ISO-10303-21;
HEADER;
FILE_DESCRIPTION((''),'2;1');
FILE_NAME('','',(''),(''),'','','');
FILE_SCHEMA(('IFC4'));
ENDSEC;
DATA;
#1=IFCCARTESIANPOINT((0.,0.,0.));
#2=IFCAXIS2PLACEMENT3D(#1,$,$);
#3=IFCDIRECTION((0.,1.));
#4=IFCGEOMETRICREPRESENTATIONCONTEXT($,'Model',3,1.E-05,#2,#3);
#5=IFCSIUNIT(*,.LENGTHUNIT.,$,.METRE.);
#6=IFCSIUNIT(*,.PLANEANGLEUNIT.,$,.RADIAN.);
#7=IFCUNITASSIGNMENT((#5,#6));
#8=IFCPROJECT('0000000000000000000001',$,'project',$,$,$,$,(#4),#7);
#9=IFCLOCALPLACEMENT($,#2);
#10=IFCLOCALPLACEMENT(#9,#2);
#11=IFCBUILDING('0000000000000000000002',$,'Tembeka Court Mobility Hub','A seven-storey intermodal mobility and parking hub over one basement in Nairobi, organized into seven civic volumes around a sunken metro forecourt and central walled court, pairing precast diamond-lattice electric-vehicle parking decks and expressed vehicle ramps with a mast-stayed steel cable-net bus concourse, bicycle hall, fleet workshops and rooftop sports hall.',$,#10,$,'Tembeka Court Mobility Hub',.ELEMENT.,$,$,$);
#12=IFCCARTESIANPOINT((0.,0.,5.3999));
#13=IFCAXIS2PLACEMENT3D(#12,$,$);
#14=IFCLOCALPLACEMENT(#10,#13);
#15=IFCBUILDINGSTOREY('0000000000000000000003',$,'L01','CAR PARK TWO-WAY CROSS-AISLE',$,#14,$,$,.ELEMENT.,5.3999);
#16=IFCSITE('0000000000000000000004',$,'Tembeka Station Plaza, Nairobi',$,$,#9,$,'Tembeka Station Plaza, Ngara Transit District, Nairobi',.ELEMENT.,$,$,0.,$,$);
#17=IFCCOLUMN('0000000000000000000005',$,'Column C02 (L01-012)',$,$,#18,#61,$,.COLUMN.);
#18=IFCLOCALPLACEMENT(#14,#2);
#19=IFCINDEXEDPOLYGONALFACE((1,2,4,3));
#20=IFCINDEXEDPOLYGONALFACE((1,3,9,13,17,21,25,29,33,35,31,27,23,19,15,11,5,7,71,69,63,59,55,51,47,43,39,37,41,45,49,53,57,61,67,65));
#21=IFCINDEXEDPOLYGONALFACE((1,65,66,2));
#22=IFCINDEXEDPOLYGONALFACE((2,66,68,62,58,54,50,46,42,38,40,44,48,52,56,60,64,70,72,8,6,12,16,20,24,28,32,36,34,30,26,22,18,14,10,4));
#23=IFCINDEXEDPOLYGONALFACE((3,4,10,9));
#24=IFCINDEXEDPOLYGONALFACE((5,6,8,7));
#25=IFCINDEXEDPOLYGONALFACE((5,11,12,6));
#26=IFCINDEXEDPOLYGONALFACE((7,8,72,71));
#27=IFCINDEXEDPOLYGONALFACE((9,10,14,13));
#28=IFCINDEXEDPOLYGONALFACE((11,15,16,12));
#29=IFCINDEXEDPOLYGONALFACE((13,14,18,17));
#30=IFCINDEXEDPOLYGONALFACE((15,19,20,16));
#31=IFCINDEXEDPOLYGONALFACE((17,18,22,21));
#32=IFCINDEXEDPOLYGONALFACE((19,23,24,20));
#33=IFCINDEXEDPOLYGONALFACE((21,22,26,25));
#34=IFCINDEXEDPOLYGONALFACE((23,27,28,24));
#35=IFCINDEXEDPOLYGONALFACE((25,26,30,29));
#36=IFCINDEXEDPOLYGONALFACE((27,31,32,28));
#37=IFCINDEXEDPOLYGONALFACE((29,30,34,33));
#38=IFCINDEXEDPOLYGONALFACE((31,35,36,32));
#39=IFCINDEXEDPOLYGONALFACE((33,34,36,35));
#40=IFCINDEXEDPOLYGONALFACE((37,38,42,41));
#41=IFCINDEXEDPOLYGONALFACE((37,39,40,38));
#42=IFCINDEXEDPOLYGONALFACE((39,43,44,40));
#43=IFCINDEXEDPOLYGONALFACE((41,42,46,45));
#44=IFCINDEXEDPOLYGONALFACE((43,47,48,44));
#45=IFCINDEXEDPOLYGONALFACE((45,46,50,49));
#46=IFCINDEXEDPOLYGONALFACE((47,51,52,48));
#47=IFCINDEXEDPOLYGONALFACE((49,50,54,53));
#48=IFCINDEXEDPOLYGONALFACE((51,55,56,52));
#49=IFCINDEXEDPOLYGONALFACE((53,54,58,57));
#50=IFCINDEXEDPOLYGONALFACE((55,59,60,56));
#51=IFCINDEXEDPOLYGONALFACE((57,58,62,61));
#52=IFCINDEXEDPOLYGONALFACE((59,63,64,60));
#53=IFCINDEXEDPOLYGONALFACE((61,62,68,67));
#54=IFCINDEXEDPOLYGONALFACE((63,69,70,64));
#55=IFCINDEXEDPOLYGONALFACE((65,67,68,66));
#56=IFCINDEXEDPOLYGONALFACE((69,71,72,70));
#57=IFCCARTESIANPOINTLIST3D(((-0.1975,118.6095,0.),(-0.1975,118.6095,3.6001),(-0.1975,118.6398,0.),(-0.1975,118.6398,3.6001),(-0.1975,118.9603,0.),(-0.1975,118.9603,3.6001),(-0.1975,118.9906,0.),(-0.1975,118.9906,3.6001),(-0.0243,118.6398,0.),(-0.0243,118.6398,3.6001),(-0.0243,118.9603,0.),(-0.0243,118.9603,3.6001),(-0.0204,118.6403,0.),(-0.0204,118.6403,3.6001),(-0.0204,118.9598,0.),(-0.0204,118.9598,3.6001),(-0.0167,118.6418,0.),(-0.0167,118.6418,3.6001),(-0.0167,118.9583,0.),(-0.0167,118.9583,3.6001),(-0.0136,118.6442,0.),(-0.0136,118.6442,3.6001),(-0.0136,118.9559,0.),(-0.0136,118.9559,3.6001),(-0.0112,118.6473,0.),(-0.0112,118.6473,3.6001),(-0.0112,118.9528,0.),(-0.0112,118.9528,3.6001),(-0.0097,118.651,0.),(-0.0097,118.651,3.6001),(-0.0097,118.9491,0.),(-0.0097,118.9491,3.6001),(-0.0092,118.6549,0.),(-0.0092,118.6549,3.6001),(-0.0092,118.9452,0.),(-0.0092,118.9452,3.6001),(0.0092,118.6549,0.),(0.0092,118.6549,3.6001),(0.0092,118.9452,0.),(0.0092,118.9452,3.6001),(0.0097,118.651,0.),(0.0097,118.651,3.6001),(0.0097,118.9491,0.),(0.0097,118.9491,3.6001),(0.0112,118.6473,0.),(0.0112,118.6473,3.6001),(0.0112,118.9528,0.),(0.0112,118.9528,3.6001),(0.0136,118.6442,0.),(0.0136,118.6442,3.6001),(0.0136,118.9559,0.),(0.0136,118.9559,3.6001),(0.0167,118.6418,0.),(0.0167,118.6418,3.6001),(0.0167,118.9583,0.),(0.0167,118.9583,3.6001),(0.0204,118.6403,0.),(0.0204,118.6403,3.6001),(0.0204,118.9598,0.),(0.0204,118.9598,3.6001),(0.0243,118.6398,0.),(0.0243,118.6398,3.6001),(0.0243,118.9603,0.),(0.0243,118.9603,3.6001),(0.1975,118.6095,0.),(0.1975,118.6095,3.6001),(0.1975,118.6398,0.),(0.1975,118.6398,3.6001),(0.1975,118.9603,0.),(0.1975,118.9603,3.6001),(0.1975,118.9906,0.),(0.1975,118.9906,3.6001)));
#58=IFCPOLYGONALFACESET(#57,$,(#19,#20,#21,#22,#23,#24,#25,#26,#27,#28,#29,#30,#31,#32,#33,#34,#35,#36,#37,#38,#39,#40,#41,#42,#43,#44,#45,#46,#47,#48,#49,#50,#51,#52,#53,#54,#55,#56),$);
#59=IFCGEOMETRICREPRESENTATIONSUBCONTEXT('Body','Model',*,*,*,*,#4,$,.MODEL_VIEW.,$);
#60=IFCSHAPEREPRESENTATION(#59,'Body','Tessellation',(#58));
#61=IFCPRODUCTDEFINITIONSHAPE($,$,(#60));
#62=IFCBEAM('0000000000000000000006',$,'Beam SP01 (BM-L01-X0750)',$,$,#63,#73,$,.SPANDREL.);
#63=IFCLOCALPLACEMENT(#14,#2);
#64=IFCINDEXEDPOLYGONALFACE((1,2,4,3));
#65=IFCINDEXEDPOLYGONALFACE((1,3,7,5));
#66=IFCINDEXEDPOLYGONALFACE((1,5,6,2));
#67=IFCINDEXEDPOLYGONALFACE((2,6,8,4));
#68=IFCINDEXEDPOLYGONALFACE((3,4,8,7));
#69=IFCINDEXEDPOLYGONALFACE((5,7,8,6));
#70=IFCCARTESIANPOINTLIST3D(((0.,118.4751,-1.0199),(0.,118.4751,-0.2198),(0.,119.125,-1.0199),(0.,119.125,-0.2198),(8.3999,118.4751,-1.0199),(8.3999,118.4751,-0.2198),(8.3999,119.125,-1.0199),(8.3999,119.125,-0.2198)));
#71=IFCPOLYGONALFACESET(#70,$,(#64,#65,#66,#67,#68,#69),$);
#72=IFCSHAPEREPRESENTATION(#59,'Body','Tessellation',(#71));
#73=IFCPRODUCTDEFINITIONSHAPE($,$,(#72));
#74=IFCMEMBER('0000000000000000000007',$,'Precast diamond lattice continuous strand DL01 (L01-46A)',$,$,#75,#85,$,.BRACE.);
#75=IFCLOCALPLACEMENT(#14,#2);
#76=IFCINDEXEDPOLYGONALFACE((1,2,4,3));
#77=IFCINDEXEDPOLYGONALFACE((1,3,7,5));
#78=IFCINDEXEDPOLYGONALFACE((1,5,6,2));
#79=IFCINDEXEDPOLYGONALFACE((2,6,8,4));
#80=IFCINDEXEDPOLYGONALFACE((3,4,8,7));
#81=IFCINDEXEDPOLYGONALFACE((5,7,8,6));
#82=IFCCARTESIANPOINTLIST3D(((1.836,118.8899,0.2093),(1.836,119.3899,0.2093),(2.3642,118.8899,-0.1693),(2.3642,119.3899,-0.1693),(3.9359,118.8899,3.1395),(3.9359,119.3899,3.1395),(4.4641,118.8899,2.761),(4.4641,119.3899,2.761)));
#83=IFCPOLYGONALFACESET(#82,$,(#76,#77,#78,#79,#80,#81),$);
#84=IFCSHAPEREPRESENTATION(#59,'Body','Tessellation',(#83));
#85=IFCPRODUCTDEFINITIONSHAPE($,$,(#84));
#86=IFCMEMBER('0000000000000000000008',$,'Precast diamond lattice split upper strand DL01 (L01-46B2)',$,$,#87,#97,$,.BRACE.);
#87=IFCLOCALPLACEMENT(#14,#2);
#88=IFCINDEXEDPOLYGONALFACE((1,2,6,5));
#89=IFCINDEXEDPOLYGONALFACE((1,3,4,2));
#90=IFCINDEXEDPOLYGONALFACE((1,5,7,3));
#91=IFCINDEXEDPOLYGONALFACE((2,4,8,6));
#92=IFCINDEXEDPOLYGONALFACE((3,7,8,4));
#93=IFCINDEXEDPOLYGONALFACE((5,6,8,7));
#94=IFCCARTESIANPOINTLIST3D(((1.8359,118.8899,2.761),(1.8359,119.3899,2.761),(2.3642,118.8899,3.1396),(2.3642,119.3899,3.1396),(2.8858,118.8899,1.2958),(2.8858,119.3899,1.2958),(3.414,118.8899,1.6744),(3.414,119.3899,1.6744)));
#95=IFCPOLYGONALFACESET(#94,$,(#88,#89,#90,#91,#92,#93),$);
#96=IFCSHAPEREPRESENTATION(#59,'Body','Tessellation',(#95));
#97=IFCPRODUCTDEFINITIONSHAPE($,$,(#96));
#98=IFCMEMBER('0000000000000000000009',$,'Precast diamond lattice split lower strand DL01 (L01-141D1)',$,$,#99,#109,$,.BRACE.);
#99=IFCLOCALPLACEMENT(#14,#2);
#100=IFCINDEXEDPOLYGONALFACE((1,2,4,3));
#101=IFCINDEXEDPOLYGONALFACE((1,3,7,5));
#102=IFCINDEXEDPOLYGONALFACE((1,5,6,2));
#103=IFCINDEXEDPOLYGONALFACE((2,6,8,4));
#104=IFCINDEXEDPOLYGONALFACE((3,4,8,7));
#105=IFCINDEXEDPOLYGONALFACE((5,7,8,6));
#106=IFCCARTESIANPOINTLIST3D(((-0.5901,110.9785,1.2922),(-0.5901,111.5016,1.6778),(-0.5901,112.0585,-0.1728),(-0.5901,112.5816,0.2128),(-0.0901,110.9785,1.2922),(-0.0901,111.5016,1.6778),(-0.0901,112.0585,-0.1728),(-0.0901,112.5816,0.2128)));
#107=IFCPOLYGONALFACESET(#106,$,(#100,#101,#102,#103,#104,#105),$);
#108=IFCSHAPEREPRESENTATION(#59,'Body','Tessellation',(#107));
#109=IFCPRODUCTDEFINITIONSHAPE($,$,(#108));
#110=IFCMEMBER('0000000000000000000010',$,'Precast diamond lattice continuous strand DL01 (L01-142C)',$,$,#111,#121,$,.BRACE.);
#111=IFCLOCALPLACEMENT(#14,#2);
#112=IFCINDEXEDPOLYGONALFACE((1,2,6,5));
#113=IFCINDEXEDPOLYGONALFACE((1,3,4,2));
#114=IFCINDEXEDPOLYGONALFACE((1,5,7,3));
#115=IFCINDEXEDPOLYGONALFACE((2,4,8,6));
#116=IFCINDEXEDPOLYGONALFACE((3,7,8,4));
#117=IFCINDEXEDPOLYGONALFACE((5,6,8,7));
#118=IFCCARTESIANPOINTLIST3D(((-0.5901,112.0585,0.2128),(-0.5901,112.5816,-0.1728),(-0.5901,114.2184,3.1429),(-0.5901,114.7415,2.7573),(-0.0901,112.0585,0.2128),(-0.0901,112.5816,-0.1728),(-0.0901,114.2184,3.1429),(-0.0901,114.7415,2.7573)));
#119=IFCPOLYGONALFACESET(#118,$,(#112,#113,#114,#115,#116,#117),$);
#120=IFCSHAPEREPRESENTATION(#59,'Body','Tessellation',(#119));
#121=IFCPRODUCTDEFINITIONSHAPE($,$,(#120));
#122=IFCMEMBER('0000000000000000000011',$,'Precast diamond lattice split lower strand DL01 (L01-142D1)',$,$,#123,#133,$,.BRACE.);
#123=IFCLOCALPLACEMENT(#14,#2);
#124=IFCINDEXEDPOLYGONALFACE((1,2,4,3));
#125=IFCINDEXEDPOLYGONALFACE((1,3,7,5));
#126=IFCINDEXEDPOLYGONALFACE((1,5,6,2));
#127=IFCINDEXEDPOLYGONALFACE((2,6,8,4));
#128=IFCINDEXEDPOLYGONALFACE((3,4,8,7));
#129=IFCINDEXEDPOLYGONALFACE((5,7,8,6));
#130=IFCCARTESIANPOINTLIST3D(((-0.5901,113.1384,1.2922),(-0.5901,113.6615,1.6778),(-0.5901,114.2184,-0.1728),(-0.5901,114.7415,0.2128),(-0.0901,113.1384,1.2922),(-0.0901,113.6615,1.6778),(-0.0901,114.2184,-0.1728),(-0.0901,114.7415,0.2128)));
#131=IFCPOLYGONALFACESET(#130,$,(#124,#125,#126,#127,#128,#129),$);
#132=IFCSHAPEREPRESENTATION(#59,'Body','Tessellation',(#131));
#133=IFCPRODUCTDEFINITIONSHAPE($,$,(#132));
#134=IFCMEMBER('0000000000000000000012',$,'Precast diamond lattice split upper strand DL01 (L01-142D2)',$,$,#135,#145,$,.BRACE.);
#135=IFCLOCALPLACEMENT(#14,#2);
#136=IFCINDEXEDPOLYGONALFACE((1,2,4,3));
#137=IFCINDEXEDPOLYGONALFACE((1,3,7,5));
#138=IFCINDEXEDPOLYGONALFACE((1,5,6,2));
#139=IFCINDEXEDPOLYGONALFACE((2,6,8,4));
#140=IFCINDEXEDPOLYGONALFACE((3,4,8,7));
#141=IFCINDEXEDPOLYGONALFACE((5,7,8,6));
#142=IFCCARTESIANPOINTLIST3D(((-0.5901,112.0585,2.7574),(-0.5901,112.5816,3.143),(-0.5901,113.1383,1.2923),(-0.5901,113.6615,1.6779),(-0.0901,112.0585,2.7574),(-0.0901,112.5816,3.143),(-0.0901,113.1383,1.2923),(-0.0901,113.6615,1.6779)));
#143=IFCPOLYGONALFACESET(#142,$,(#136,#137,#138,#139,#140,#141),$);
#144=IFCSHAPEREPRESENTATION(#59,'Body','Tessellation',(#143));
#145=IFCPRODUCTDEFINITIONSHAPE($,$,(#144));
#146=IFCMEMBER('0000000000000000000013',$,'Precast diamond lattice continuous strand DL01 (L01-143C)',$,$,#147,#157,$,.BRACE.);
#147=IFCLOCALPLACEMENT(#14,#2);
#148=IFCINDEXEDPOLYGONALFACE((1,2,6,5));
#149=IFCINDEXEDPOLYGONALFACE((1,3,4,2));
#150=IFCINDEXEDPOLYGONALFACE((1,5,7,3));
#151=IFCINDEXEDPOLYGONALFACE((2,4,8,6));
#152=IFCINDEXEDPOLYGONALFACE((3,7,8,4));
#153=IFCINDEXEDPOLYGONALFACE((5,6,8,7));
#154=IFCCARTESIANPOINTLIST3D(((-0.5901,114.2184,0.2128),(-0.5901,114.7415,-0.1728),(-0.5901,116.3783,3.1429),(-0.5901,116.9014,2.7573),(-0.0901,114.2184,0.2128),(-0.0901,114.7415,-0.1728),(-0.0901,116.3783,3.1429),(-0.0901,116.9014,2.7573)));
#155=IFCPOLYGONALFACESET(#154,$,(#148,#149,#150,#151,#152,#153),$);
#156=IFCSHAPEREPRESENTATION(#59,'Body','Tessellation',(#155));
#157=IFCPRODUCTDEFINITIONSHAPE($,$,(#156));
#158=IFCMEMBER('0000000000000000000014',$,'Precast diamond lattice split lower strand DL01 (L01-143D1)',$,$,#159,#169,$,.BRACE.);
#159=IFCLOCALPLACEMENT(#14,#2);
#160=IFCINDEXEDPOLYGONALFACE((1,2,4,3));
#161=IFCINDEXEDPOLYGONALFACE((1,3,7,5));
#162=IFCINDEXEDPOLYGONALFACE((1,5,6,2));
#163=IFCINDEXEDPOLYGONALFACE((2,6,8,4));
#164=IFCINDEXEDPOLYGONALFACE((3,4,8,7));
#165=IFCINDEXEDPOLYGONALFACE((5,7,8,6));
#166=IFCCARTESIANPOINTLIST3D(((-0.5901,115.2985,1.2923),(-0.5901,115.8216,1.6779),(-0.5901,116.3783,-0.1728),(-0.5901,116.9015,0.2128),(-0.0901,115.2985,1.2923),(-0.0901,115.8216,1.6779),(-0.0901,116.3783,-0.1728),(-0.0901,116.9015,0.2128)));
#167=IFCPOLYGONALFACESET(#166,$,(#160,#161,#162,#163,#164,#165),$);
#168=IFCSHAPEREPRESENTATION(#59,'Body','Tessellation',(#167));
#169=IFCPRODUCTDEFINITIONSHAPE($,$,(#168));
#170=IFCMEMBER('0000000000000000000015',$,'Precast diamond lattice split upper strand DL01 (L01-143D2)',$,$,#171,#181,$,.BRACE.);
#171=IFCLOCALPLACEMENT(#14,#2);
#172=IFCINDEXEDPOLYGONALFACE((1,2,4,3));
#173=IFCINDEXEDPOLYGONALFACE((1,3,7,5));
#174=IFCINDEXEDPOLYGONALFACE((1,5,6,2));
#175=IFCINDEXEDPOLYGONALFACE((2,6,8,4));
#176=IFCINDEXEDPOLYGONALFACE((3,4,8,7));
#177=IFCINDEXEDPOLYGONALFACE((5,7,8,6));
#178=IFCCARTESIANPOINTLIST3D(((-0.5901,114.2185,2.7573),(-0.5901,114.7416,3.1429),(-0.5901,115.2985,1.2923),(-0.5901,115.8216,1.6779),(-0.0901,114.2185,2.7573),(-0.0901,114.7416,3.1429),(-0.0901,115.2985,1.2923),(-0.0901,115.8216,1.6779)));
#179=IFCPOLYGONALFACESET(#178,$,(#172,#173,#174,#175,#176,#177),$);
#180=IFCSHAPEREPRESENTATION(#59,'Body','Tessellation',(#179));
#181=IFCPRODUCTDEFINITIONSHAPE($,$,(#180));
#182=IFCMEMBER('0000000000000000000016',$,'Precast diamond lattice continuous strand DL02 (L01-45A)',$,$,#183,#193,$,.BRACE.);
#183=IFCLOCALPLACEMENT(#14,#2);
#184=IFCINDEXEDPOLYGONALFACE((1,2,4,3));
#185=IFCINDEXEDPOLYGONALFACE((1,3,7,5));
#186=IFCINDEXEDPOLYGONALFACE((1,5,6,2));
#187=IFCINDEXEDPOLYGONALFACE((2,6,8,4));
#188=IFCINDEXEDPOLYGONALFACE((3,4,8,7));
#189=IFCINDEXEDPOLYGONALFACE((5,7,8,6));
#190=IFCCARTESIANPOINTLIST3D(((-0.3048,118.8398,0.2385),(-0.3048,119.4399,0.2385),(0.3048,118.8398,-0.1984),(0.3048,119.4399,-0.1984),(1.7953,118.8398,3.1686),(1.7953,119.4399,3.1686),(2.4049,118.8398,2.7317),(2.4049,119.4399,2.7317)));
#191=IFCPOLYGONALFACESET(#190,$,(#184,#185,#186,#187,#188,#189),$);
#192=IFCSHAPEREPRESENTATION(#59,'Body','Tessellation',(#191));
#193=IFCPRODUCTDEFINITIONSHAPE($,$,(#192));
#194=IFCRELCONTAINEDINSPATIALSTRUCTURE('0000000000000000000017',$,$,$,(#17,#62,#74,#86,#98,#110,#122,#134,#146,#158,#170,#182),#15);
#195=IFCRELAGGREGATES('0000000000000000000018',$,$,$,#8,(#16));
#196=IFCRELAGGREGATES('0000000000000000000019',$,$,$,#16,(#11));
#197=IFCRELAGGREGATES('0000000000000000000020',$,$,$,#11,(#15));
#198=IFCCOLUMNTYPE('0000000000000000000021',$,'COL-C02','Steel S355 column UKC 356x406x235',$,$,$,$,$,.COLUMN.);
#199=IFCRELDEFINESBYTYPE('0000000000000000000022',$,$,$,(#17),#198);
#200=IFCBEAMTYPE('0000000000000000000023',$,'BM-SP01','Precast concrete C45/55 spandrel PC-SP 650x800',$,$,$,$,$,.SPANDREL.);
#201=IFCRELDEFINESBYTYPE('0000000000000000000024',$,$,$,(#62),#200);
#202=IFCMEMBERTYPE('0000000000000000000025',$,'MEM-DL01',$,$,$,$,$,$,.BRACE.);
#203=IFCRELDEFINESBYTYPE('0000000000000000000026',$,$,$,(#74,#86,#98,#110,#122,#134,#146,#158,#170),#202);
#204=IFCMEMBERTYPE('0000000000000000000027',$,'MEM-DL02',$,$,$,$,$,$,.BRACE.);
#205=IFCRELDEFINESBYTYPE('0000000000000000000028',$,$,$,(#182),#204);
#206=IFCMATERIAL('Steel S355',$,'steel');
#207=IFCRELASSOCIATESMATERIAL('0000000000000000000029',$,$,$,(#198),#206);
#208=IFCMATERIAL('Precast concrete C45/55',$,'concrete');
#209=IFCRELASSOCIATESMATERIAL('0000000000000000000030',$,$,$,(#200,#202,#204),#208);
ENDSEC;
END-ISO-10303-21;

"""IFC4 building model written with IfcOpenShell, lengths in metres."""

from ifc_helpers import new_model, si_unit, direction, frame, origin, origin_2d, place, context, subcontext, project, spatial, rectangle, i_section, extrude, material, material_profile, profile_set, type_object, element, save


model = new_model("IFC4")

# Units and contexts
model_context = context("Model", 3, precision=1e-05, world=origin(), true_north=direction((0.0, 1.0)))
body_context = subcontext(model_context, "Body", "Model", "MODEL_VIEW")
ifc_project = project(units=[si_unit("LENGTHUNIT", "METRE"), si_unit("PLANEANGLEUNIT", "RADIAN")], contexts=[model_context])

# Site, building, storey
site_placement = place(None, origin())
site = spatial("IfcSite", under=ifc_project, at=site_placement, Name="Tembeka Station Plaza, Nairobi", LongName="Tembeka Station Plaza, Ngara Transit District, Nairobi", CompositionType="ELEMENT", RefElevation=0.0)
building_placement = place(site_placement, origin())
building = spatial("IfcBuilding", under=site, at=building_placement, Name="Tembeka Court Mobility Hub", Description="A seven-storey intermodal mobility and parking hub over one basement in Nairobi, organized into seven civic volumes around a sunken metro forecourt and central walled court, pairing precast diamond-lattice electric-vehicle parking decks and expressed vehicle ramps with a mast-stayed steel cable-net bus concourse, bicycle hall, fleet workshops and rooftop sports hall.", LongName="Tembeka Court Mobility Hub", CompositionType="ELEMENT")
storey_placement = place(building_placement, frame((0.0, 0.0, 5.3999)))
storey = spatial("IfcBuildingStorey", under=building, at=storey_placement, Name="L01", Description="CAR PARK TWO-WAY CROSS-AISLE", CompositionType="ELEMENT", Elevation=5.3999)

# Column
ifc_material_1 = material(Name="Steel S355", Category="steel")
ifc_material_profile_1 = material_profile(ifc_material_1, i_section(OverallWidth=0.395, OverallDepth=0.3811, WebThickness=0.0183, FlangeThickness=0.0303, FilletRadius=0.0151, at=origin_2d()), Name="UKC 356x406x235")
ifc_profile_set_1 = profile_set([ifc_material_profile_1], Name="Steel S355")
column_type = type_object("IfcColumnType", Name="COL-C02", Description="Steel S355 column UKC 356x406x235", PredefinedType="COLUMN", material=ifc_profile_set_1)
column_placement = place(storey_placement, frame((0.0, 118.8, 0.0), z_axis=(0.0, 0.0, 1.0), x_axis=(1.0, 0.0, 0.0)))
element("IfcColumn", 1, at=column_placement, inside=storey, type_object=column_type, Name="Column C02 (L01-012)", PredefinedType="COLUMN", context=body_context, shape_type="SweptSolid", body=[
    extrude(i_section(OverallWidth=0.395, OverallDepth=0.3811, WebThickness=0.0183, FlangeThickness=0.0303, FilletRadius=0.0151, at=origin_2d()), origin(), (0.0, 0.0, 1.0), 3.6001),
])

# Beam
ifc_material_2 = material(Name="Precast concrete C45/55", Category="concrete")
ifc_material_profile_2 = material_profile(ifc_material_2, rectangle(XDim=0.6499, YDim=0.8, at=origin_2d()), Name="PC-SP 650x800")
ifc_profile_set_2 = profile_set([ifc_material_profile_2], Name="Precast concrete C45/55")
beam_type = type_object("IfcBeamType", Name="BM-SP01", Description="Precast concrete C45/55 spandrel PC-SP 650x800", PredefinedType="SPANDREL", material=ifc_profile_set_2)
beam_placement = place(storey_placement, frame((0.0, 118.8, -0.6199), z_axis=(1.0, 0.0, 0.0), x_axis=(0.0, 1.0, 0.0)))
element("IfcBeam", 2, at=beam_placement, inside=storey, type_object=beam_type, Name="Beam SP01 (BM-L01-X0750)", PredefinedType="SPANDREL", context=body_context, shape_type="SweptSolid", body=[
    extrude(rectangle(XDim=0.6499, YDim=0.8, at=origin_2d()), origin(), (0.0, 0.0, 1.0), 8.3999),
])

# Members
ifc_material_profile_3 = material_profile(ifc_material_2, rectangle(XDim=0.5, YDim=0.6499, at=origin_2d()), Name="PC-DIAG 500x650")
ifc_profile_set_3 = profile_set([ifc_material_profile_3], Name="Precast concrete C45/55")
member_type_1 = type_object("IfcMemberType", Name="MEM-DL01", PredefinedType="BRACE", material=ifc_profile_set_3)
member_1_placement = place(storey_placement, frame((2.1001, 119.1399, 0.02), z_axis=(0.5825, 0.0, 0.812831), x_axis=(0.0, 1.0, 0.0)))
element("IfcMember", 3, at=member_1_placement, inside=storey, type_object=member_type_1, Name="Precast diamond lattice continuous strand DL01 (L01-46A)", PredefinedType="BRACE", context=body_context, shape_type="SweptSolid", body=[
    extrude(rectangle(XDim=0.5, YDim=0.6499, at=origin_2d()), origin(), (0.0, 0.0, 1.0), 3.605),
])
member_2_placement = place(storey_placement, frame((3.1499, 119.1399, 1.4851), z_axis=(-0.582455, 0.0, 0.812863), x_axis=(0.0, -1.0, 0.0)))
element("IfcMember", 4, at=member_2_placement, inside=storey, type_object=member_type_1, Name="Precast diamond lattice split upper strand DL01 (L01-46B2)", PredefinedType="BRACE", context=body_context, shape_type="SweptSolid", body=[
    extrude(rectangle(XDim=0.5, YDim=0.6499, at=origin_2d()), origin(), (0.0, 0.0, 1.0), 1.8025),
])
member_3_placement = place(storey_placement, frame((-0.3401, 112.3201, 0.02), z_axis=(0.0, -0.593391, 0.804914), x_axis=(1.0, 0.0, 0.0)))
element("IfcMember", 5, at=member_3_placement, inside=storey, type_object=member_type_1, Name="Precast diamond lattice split lower strand DL01 (L01-141D1)", PredefinedType="BRACE", context=body_context, shape_type="SweptSolid", body=[
    extrude(rectangle(XDim=0.5, YDim=0.6499, at=origin_2d()), origin(), (0.0, 0.0, 1.0), 1.8201),
])
member_4_placement = place(storey_placement, frame((-0.3401, 112.3201, 0.02), z_axis=(0.0, 0.593348, 0.804946), x_axis=(-1.0, 0.0, 0.0)))
element("IfcMember", 6, at=member_4_placement, inside=storey, type_object=member_type_1, Name="Precast diamond lattice continuous strand DL01 (L01-142C)", PredefinedType="BRACE", context=body_context, shape_type="SweptSolid", body=[
    extrude(rectangle(XDim=0.5, YDim=0.6499, at=origin_2d()), origin(), (0.0, 0.0, 1.0), 3.6401),
])
for number, where, z_axis, x_axis, name in (
    (7, (-0.3401, 114.48, 0.02), (0.0, -0.593391, 0.804914), (1.0, 0.0, 0.0), "Precast diamond lattice split lower strand DL01 (L01-142D1)"),
    (8, (-0.3401, 113.3999, 1.4851), (0.0, -0.593304, 0.804978), (1.0, 0.0, 0.0), "Precast diamond lattice split upper strand DL01 (L01-142D2)"),
):
    element("IfcMember", number, at=place(storey_placement, frame(where, z_axis=z_axis, x_axis=x_axis)), inside=storey, type_object=member_type_1, Name=name, PredefinedType="BRACE", context=body_context, shape_type="SweptSolid", body=[
        extrude(rectangle(XDim=0.5, YDim=0.6499, at=origin_2d()), origin(), (0.0, 0.0, 1.0), 1.8201),
    ])
member_5_placement = place(storey_placement, frame((-0.3401, 114.48, 0.02), z_axis=(0.0, 0.593348, 0.804946), x_axis=(-1.0, 0.0, 0.0)))
element("IfcMember", 9, at=member_5_placement, inside=storey, type_object=member_type_1, Name="Precast diamond lattice continuous strand DL01 (L01-143C)", PredefinedType="BRACE", context=body_context, shape_type="SweptSolid", body=[
    extrude(rectangle(XDim=0.5, YDim=0.6499, at=origin_2d()), origin(), (0.0, 0.0, 1.0), 3.6401),
])
for number, where, z_axis, x_axis, name in (
    (10, (-0.3401, 116.6399, 0.02), (0.0, -0.593304, 0.804978), (1.0, 0.0, 0.0), "Precast diamond lattice split lower strand DL01 (L01-143D1)"),
    (11, (-0.3401, 115.5601, 1.4851), (0.0, -0.593391, 0.804914), (1.0, 0.0, 0.0), "Precast diamond lattice split upper strand DL01 (L01-143D2)"),
):
    element("IfcMember", number, at=place(storey_placement, frame(where, z_axis=z_axis, x_axis=x_axis)), inside=storey, type_object=member_type_1, Name=name, PredefinedType="BRACE", context=body_context, shape_type="SweptSolid", body=[
        extrude(rectangle(XDim=0.5, YDim=0.6499, at=origin_2d()), origin(), (0.0, 0.0, 1.0), 1.8201),
    ])
ifc_material_profile_4 = material_profile(ifc_material_2, rectangle(XDim=0.6001, YDim=0.75, at=origin_2d()), Name="PC-DIAG 600x750")
ifc_profile_set_4 = profile_set([ifc_material_profile_4], Name="Precast concrete C45/55")
member_type_2 = type_object("IfcMemberType", Name="MEM-DL02", PredefinedType="BRACE", material=ifc_profile_set_4)
member_6_placement = place(storey_placement, frame((0.0, 119.1399, 0.02), z_axis=(0.582544, 0.0, 0.812799), x_axis=(0.0, 1.0, 0.0)))
element("IfcMember", 12, at=member_6_placement, inside=storey, type_object=member_type_2, Name="Precast diamond lattice continuous strand DL02 (L01-45A)", PredefinedType="BRACE", context=body_context, shape_type="SweptSolid", body=[
    extrude(rectangle(XDim=0.6001, YDim=0.75, at=origin_2d()), origin(), (0.0, 0.0, 1.0), 3.605),
])

save(model, "model.ifc")
